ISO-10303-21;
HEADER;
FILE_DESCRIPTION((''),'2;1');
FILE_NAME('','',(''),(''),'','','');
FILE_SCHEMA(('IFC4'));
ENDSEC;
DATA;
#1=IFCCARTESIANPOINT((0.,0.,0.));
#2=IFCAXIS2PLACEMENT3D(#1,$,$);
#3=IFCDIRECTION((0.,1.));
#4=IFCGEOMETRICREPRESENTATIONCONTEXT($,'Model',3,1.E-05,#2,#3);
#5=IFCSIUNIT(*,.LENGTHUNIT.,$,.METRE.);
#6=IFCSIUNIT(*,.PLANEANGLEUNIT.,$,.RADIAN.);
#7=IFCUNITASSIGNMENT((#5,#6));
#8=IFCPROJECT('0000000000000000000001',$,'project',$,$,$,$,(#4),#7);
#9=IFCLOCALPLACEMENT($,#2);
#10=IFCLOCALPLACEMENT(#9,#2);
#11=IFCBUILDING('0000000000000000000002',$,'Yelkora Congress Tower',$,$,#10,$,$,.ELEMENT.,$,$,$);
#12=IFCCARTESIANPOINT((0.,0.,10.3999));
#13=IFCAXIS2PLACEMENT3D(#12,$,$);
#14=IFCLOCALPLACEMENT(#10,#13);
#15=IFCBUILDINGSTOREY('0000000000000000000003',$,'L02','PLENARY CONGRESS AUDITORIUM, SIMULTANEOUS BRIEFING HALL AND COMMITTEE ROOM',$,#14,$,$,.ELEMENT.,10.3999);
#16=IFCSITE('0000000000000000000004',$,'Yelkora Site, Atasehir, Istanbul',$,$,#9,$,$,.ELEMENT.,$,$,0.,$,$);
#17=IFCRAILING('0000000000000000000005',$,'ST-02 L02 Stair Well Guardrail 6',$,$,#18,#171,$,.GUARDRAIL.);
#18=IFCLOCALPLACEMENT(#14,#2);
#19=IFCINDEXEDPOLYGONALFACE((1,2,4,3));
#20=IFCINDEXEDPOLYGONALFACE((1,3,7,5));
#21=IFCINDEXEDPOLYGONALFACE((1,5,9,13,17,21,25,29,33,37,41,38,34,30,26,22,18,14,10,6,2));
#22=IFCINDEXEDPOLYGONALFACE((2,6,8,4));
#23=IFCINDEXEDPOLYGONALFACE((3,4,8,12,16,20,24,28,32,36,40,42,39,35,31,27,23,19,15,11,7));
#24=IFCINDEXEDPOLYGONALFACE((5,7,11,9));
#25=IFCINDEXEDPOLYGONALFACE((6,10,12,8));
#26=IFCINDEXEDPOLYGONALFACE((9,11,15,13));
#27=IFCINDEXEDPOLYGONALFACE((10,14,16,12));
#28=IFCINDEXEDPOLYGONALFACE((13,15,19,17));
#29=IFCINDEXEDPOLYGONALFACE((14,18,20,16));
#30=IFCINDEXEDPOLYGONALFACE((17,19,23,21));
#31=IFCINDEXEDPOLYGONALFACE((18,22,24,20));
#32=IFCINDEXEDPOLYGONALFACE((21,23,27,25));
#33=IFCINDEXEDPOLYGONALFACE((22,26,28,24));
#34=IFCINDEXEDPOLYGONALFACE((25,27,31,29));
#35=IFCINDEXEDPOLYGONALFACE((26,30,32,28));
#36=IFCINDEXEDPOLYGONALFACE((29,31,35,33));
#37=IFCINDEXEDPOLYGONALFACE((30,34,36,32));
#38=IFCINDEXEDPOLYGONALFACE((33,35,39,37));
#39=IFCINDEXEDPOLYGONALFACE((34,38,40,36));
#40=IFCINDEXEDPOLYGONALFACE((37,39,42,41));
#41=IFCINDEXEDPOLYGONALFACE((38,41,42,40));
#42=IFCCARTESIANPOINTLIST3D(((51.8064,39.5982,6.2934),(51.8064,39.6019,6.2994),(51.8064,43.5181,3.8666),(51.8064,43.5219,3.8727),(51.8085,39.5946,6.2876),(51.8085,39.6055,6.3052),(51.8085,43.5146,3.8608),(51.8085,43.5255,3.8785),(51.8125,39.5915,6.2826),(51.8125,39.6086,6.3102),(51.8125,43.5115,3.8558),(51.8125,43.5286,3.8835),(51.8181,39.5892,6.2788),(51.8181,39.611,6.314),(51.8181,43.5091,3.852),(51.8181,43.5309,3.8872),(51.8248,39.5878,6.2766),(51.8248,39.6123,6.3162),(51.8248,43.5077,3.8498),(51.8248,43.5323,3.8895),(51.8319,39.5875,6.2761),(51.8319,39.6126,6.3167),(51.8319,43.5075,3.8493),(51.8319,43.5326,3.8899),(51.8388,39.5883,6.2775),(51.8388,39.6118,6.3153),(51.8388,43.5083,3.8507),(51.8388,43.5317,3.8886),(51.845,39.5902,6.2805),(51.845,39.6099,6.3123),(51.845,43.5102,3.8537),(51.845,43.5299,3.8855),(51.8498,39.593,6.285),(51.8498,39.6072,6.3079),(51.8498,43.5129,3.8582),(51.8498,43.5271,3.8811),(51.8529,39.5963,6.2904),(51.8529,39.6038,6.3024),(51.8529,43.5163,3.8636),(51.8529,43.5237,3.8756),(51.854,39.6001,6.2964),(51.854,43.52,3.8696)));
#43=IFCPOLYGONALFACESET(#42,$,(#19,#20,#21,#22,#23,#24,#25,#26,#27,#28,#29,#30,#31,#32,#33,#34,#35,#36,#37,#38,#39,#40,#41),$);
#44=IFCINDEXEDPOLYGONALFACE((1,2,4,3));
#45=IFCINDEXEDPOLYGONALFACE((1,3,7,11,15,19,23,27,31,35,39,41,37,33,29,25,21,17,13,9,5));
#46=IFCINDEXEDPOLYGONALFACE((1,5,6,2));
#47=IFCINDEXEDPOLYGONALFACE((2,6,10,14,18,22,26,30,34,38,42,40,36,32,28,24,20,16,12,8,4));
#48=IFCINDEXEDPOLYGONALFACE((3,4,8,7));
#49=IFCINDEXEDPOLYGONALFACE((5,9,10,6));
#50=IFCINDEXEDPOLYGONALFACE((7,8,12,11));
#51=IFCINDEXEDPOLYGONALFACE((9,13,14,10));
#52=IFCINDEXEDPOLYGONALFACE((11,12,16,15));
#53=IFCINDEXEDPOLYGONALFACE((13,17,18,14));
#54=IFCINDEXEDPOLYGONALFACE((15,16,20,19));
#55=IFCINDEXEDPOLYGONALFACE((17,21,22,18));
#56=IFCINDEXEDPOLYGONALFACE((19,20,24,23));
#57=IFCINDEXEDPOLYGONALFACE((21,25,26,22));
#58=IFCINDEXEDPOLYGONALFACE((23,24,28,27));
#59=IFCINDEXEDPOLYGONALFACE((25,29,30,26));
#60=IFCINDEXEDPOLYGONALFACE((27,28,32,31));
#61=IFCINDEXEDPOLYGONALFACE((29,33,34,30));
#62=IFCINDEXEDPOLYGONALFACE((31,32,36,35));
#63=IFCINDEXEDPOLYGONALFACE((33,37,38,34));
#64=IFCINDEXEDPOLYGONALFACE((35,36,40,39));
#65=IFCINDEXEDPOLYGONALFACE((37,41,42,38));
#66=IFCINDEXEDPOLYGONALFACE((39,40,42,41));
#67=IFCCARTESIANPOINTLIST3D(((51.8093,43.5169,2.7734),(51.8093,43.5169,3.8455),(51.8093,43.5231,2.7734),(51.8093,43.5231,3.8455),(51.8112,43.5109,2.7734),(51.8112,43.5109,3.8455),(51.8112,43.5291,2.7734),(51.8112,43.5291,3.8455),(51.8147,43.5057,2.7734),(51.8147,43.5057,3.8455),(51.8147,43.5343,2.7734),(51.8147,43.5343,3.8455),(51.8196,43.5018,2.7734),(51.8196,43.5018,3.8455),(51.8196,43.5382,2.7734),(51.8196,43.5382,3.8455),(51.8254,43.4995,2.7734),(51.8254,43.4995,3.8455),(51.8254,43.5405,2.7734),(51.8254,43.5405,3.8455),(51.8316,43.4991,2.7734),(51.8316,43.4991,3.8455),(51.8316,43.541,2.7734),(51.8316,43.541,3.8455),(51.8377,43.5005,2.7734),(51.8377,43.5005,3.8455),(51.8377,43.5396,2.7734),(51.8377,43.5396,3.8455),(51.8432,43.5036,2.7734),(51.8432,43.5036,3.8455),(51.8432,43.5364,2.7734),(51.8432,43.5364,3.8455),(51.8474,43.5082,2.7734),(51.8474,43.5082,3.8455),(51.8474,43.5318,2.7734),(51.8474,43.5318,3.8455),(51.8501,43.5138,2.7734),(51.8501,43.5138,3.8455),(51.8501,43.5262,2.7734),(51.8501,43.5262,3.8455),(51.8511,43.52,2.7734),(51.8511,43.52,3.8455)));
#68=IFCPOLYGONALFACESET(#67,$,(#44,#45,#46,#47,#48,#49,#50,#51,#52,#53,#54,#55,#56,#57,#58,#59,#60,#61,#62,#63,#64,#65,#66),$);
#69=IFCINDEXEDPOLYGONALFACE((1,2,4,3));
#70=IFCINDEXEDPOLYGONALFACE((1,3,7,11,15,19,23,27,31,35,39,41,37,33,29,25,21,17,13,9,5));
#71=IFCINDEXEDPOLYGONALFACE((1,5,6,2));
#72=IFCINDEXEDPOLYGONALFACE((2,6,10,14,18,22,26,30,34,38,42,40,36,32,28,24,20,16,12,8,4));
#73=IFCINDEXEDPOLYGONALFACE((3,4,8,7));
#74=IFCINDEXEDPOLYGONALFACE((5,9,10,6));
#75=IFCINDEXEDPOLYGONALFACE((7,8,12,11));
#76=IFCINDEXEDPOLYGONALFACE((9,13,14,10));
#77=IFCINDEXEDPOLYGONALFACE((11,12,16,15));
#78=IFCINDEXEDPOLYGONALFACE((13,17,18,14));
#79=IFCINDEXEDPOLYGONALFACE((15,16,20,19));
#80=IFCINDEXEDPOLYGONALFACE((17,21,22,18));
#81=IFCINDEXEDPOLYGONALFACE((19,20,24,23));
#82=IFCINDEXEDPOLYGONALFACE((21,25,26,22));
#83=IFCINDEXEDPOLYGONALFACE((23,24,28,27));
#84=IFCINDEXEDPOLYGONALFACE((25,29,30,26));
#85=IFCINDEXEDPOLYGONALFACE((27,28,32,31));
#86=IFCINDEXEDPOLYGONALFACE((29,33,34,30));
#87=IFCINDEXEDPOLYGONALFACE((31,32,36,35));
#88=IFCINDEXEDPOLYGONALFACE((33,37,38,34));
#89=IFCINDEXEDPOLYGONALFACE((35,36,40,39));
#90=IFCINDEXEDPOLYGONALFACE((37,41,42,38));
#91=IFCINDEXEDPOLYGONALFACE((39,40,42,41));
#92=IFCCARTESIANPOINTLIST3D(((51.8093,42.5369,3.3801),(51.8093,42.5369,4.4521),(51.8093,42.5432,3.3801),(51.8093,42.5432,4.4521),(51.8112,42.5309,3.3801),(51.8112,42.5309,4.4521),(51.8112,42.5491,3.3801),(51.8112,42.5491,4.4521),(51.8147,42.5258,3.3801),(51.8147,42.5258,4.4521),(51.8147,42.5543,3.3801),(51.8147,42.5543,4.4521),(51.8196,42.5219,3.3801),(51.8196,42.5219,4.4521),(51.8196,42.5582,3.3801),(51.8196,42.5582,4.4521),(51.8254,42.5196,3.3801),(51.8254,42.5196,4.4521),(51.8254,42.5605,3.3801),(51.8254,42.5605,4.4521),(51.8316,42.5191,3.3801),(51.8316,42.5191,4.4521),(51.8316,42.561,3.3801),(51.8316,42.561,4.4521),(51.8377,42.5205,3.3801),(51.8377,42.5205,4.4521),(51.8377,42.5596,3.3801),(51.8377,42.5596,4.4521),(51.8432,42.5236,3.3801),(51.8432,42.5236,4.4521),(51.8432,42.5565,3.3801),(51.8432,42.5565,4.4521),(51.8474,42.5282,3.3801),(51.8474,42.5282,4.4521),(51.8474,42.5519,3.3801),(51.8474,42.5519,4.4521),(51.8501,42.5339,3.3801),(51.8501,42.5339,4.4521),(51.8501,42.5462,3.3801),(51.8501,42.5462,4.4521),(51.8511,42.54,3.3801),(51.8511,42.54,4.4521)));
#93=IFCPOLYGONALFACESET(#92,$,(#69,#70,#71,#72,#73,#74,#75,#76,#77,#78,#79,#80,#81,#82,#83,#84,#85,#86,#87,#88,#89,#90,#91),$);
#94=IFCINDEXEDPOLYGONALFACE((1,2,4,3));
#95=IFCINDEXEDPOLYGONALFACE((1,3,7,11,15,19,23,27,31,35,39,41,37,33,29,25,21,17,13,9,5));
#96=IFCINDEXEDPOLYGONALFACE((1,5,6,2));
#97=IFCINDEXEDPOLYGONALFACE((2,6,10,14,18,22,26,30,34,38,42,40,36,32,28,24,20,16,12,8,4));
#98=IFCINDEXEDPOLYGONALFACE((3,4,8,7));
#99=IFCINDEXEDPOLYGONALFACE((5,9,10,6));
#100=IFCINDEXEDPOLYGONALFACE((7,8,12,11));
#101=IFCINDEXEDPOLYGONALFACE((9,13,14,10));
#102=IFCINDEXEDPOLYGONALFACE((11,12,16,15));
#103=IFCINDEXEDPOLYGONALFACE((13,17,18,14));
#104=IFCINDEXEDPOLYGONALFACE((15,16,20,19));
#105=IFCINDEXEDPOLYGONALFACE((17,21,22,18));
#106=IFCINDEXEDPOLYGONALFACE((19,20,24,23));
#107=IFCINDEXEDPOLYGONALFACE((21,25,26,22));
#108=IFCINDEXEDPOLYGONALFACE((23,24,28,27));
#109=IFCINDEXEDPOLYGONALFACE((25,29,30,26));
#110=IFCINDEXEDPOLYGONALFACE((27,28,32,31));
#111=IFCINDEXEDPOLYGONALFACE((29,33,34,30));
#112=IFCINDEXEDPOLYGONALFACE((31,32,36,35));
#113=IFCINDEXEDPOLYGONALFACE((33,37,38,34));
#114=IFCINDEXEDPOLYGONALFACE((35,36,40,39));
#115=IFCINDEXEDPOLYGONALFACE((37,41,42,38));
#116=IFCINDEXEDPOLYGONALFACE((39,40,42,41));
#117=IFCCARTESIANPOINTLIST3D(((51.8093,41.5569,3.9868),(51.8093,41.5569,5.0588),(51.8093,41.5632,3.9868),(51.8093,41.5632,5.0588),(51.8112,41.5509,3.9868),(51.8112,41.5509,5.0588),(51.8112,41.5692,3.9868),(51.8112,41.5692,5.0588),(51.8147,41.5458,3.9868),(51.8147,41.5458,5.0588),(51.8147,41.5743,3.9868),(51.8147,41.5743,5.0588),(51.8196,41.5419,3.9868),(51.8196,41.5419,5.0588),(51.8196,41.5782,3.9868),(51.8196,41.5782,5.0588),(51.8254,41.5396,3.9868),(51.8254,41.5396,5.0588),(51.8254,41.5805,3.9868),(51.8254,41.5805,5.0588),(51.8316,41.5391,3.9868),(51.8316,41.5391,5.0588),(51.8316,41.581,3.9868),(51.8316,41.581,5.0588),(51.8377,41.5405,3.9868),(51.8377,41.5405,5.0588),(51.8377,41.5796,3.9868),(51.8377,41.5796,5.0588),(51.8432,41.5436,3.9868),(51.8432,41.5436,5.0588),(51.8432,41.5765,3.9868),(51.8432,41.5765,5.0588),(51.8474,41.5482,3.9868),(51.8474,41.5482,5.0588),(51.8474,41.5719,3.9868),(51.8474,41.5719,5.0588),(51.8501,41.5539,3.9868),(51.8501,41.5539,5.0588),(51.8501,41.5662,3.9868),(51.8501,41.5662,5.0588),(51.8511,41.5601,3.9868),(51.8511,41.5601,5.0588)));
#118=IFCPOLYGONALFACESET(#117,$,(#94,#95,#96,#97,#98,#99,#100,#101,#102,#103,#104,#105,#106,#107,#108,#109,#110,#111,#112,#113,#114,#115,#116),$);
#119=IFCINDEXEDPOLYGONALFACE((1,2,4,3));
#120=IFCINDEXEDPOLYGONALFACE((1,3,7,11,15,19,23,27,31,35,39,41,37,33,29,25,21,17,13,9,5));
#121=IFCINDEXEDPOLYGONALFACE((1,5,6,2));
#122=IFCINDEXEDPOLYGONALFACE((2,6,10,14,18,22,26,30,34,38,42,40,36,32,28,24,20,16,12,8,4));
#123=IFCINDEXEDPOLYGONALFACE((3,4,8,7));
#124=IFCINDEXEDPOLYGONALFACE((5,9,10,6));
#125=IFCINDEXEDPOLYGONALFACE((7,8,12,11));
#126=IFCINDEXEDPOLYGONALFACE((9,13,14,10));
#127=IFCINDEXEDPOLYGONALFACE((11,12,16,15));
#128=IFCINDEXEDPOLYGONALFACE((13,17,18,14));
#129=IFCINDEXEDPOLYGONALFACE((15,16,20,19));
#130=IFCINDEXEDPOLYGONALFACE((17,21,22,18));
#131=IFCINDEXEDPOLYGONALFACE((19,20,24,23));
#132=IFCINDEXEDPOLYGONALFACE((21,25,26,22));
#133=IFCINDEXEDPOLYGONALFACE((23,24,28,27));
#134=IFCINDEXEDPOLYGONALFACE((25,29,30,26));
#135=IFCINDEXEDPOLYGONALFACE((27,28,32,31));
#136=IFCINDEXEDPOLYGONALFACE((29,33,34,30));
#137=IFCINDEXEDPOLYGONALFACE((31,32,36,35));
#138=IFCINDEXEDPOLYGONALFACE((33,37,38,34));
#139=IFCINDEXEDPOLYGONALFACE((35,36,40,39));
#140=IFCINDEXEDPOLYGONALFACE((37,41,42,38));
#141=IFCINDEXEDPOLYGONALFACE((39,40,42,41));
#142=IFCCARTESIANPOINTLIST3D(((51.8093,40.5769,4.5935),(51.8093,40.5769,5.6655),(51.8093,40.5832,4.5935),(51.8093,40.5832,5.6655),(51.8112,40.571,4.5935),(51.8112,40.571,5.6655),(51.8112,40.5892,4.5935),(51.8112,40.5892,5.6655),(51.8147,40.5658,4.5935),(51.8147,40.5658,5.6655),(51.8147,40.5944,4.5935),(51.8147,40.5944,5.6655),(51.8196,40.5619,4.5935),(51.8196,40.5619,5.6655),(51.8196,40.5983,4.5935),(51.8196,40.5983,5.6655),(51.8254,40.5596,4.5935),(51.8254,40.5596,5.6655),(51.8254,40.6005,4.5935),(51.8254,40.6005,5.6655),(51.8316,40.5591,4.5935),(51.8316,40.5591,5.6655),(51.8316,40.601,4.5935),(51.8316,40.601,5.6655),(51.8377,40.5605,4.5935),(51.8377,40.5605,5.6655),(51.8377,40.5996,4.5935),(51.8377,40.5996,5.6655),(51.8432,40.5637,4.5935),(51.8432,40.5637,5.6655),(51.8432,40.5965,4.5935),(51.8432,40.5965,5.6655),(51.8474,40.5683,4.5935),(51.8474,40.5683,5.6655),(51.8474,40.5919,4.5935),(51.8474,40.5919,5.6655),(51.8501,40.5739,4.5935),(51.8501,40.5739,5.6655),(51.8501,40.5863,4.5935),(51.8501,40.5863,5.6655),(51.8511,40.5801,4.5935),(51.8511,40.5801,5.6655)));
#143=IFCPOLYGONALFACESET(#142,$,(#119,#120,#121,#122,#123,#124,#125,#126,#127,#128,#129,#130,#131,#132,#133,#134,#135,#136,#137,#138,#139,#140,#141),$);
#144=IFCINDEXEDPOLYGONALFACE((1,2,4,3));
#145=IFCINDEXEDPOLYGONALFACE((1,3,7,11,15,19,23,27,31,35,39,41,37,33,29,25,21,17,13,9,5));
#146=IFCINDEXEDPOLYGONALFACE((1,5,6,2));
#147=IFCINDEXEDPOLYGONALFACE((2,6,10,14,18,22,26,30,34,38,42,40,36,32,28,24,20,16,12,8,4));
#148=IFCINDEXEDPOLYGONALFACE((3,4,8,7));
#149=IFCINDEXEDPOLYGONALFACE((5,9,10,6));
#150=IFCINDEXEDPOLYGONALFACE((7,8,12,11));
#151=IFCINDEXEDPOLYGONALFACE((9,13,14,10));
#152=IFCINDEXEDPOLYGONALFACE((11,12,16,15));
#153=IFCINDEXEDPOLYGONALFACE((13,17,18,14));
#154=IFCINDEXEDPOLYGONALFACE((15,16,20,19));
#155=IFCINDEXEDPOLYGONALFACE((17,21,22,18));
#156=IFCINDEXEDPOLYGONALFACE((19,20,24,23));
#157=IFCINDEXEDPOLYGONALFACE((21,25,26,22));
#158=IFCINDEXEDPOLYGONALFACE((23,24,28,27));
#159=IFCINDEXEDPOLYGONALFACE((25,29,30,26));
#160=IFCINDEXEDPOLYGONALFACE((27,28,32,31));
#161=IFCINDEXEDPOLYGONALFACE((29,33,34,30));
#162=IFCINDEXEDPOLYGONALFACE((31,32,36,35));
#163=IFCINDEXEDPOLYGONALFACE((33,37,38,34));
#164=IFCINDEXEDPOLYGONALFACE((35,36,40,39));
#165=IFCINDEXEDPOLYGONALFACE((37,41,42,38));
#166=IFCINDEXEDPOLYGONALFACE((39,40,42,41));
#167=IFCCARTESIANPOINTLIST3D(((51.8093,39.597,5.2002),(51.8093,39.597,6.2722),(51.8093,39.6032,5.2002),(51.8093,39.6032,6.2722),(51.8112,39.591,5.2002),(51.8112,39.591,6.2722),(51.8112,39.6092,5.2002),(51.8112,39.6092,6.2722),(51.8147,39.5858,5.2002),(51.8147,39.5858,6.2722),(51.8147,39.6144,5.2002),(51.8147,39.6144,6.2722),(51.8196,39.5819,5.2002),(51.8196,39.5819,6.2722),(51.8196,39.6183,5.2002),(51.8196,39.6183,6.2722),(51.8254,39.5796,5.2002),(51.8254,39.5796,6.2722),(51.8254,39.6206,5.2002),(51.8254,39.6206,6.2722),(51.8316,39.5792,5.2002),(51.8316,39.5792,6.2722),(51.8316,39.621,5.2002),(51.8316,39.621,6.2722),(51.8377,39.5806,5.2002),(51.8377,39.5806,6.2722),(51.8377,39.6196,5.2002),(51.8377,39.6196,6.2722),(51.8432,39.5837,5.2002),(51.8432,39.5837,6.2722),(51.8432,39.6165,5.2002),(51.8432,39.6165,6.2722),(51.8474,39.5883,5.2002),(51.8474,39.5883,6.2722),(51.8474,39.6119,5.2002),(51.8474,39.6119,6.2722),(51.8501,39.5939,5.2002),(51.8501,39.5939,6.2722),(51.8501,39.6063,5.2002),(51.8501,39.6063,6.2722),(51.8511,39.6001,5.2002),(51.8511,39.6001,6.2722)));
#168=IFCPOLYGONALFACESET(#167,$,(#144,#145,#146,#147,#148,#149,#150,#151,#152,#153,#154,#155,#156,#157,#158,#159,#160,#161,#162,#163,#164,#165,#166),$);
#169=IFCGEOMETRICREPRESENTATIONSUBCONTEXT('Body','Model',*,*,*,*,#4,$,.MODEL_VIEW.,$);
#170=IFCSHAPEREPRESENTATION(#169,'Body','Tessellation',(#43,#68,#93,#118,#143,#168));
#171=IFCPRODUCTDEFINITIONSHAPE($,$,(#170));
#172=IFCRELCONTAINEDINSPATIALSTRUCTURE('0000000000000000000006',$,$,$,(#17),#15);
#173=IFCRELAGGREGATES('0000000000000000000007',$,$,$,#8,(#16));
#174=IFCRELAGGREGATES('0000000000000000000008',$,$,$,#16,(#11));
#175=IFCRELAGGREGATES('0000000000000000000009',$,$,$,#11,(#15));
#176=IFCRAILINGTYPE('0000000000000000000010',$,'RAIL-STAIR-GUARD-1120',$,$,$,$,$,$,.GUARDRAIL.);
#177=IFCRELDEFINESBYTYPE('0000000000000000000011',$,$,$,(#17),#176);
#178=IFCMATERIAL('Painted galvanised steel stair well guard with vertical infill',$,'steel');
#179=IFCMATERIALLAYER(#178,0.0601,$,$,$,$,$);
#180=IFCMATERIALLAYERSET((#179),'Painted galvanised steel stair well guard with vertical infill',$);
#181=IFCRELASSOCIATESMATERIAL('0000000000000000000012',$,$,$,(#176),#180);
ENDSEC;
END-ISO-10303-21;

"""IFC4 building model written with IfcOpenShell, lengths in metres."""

from ifc_helpers import new_model, si_unit, direction, frame, origin, origin_2d, place, context, subcontext, project, spatial, circle, extrude, material, layer, layer_set, type_object, element, save


model = new_model("IFC4")

# Units and contexts
model_context = context("Model", 3, precision=1e-05, world=origin(), true_north=direction((0.0, 1.0)))
body_context = subcontext(model_context, "Body", "Model", "MODEL_VIEW")
ifc_project = project(units=[si_unit("LENGTHUNIT", "METRE"), si_unit("PLANEANGLEUNIT", "RADIAN")], contexts=[model_context])

# Site, building, storey
site_placement = place(None, origin())
site = spatial("IfcSite", under=ifc_project, at=site_placement, Name="Yelkora Site, Atasehir, Istanbul", CompositionType="ELEMENT", RefElevation=0.0)
building_placement = place(site_placement, origin())
building = spatial("IfcBuilding", under=site, at=building_placement, Name="Yelkora Congress Tower", CompositionType="ELEMENT")
storey_placement = place(building_placement, frame((0.0, 0.0, 10.3999)))
storey = spatial("IfcBuildingStorey", under=building, at=storey_placement, Name="L02", Description="PLENARY CONGRESS AUDITORIUM, SIMULTANEOUS BRIEFING HALL AND COMMITTEE ROOM", CompositionType="ELEMENT", Elevation=10.3999)

# Railing
ifc_material_1 = material(Name="Painted galvanised steel stair well guard with vertical infill", Category="steel")
ifc_layer_1 = layer(ifc_material_1, 0.0601)
ifc_layer_set_1 = layer_set([ifc_layer_1], Name="Painted galvanised steel stair well guard with vertical infill")
railing_type_1 = type_object("IfcRailingType", Name="RAIL-STAIR-GUARD-1120", PredefinedType="GUARDRAIL", material=ifc_layer_set_1)
railing_1_placement = place(storey_placement, frame((51.8301, 43.52, 2.7734)))
element("IfcRailing", 1, at=railing_1_placement, inside=storey, type_object=railing_type_1, Name="ST-02 L02 Stair Well Guardrail 6", PredefinedType="GUARDRAIL", context=body_context, shape_type="SweptSolid", body=[
    extrude(circle(Radius=0.0239, at=origin_2d()), frame((0.0, 0.0, 1.0962), z_axis=(0.0, -0.850252, 0.526376), x_axis=(1.0, 0.0, 0.0)), (0.0, 0.0, 1.0), 4.6104),
    extrude(circle(Radius=0.021, at=origin_2d()), origin(), (0.0, 0.0, 1.0), 1.072),
    extrude(circle(Radius=0.021, at=origin_2d()), frame((0.0, -0.98, 0.6067)), (0.0, 0.0, 1.0), 1.072),
    extrude(circle(Radius=0.021, at=origin_2d()), frame((0.0, -1.96, 1.2134)), (0.0, 0.0, 1.0), 1.072),
    extrude(circle(Radius=0.021, at=origin_2d()), frame((0.0, -2.9399, 1.8201)), (0.0, 0.0, 1.0), 1.072),
    extrude(circle(Radius=0.021, at=origin_2d()), frame((0.0, -3.9199, 2.4268)), (0.0, 0.0, 1.0), 1.072),
])

save(model, "model.ifc")
